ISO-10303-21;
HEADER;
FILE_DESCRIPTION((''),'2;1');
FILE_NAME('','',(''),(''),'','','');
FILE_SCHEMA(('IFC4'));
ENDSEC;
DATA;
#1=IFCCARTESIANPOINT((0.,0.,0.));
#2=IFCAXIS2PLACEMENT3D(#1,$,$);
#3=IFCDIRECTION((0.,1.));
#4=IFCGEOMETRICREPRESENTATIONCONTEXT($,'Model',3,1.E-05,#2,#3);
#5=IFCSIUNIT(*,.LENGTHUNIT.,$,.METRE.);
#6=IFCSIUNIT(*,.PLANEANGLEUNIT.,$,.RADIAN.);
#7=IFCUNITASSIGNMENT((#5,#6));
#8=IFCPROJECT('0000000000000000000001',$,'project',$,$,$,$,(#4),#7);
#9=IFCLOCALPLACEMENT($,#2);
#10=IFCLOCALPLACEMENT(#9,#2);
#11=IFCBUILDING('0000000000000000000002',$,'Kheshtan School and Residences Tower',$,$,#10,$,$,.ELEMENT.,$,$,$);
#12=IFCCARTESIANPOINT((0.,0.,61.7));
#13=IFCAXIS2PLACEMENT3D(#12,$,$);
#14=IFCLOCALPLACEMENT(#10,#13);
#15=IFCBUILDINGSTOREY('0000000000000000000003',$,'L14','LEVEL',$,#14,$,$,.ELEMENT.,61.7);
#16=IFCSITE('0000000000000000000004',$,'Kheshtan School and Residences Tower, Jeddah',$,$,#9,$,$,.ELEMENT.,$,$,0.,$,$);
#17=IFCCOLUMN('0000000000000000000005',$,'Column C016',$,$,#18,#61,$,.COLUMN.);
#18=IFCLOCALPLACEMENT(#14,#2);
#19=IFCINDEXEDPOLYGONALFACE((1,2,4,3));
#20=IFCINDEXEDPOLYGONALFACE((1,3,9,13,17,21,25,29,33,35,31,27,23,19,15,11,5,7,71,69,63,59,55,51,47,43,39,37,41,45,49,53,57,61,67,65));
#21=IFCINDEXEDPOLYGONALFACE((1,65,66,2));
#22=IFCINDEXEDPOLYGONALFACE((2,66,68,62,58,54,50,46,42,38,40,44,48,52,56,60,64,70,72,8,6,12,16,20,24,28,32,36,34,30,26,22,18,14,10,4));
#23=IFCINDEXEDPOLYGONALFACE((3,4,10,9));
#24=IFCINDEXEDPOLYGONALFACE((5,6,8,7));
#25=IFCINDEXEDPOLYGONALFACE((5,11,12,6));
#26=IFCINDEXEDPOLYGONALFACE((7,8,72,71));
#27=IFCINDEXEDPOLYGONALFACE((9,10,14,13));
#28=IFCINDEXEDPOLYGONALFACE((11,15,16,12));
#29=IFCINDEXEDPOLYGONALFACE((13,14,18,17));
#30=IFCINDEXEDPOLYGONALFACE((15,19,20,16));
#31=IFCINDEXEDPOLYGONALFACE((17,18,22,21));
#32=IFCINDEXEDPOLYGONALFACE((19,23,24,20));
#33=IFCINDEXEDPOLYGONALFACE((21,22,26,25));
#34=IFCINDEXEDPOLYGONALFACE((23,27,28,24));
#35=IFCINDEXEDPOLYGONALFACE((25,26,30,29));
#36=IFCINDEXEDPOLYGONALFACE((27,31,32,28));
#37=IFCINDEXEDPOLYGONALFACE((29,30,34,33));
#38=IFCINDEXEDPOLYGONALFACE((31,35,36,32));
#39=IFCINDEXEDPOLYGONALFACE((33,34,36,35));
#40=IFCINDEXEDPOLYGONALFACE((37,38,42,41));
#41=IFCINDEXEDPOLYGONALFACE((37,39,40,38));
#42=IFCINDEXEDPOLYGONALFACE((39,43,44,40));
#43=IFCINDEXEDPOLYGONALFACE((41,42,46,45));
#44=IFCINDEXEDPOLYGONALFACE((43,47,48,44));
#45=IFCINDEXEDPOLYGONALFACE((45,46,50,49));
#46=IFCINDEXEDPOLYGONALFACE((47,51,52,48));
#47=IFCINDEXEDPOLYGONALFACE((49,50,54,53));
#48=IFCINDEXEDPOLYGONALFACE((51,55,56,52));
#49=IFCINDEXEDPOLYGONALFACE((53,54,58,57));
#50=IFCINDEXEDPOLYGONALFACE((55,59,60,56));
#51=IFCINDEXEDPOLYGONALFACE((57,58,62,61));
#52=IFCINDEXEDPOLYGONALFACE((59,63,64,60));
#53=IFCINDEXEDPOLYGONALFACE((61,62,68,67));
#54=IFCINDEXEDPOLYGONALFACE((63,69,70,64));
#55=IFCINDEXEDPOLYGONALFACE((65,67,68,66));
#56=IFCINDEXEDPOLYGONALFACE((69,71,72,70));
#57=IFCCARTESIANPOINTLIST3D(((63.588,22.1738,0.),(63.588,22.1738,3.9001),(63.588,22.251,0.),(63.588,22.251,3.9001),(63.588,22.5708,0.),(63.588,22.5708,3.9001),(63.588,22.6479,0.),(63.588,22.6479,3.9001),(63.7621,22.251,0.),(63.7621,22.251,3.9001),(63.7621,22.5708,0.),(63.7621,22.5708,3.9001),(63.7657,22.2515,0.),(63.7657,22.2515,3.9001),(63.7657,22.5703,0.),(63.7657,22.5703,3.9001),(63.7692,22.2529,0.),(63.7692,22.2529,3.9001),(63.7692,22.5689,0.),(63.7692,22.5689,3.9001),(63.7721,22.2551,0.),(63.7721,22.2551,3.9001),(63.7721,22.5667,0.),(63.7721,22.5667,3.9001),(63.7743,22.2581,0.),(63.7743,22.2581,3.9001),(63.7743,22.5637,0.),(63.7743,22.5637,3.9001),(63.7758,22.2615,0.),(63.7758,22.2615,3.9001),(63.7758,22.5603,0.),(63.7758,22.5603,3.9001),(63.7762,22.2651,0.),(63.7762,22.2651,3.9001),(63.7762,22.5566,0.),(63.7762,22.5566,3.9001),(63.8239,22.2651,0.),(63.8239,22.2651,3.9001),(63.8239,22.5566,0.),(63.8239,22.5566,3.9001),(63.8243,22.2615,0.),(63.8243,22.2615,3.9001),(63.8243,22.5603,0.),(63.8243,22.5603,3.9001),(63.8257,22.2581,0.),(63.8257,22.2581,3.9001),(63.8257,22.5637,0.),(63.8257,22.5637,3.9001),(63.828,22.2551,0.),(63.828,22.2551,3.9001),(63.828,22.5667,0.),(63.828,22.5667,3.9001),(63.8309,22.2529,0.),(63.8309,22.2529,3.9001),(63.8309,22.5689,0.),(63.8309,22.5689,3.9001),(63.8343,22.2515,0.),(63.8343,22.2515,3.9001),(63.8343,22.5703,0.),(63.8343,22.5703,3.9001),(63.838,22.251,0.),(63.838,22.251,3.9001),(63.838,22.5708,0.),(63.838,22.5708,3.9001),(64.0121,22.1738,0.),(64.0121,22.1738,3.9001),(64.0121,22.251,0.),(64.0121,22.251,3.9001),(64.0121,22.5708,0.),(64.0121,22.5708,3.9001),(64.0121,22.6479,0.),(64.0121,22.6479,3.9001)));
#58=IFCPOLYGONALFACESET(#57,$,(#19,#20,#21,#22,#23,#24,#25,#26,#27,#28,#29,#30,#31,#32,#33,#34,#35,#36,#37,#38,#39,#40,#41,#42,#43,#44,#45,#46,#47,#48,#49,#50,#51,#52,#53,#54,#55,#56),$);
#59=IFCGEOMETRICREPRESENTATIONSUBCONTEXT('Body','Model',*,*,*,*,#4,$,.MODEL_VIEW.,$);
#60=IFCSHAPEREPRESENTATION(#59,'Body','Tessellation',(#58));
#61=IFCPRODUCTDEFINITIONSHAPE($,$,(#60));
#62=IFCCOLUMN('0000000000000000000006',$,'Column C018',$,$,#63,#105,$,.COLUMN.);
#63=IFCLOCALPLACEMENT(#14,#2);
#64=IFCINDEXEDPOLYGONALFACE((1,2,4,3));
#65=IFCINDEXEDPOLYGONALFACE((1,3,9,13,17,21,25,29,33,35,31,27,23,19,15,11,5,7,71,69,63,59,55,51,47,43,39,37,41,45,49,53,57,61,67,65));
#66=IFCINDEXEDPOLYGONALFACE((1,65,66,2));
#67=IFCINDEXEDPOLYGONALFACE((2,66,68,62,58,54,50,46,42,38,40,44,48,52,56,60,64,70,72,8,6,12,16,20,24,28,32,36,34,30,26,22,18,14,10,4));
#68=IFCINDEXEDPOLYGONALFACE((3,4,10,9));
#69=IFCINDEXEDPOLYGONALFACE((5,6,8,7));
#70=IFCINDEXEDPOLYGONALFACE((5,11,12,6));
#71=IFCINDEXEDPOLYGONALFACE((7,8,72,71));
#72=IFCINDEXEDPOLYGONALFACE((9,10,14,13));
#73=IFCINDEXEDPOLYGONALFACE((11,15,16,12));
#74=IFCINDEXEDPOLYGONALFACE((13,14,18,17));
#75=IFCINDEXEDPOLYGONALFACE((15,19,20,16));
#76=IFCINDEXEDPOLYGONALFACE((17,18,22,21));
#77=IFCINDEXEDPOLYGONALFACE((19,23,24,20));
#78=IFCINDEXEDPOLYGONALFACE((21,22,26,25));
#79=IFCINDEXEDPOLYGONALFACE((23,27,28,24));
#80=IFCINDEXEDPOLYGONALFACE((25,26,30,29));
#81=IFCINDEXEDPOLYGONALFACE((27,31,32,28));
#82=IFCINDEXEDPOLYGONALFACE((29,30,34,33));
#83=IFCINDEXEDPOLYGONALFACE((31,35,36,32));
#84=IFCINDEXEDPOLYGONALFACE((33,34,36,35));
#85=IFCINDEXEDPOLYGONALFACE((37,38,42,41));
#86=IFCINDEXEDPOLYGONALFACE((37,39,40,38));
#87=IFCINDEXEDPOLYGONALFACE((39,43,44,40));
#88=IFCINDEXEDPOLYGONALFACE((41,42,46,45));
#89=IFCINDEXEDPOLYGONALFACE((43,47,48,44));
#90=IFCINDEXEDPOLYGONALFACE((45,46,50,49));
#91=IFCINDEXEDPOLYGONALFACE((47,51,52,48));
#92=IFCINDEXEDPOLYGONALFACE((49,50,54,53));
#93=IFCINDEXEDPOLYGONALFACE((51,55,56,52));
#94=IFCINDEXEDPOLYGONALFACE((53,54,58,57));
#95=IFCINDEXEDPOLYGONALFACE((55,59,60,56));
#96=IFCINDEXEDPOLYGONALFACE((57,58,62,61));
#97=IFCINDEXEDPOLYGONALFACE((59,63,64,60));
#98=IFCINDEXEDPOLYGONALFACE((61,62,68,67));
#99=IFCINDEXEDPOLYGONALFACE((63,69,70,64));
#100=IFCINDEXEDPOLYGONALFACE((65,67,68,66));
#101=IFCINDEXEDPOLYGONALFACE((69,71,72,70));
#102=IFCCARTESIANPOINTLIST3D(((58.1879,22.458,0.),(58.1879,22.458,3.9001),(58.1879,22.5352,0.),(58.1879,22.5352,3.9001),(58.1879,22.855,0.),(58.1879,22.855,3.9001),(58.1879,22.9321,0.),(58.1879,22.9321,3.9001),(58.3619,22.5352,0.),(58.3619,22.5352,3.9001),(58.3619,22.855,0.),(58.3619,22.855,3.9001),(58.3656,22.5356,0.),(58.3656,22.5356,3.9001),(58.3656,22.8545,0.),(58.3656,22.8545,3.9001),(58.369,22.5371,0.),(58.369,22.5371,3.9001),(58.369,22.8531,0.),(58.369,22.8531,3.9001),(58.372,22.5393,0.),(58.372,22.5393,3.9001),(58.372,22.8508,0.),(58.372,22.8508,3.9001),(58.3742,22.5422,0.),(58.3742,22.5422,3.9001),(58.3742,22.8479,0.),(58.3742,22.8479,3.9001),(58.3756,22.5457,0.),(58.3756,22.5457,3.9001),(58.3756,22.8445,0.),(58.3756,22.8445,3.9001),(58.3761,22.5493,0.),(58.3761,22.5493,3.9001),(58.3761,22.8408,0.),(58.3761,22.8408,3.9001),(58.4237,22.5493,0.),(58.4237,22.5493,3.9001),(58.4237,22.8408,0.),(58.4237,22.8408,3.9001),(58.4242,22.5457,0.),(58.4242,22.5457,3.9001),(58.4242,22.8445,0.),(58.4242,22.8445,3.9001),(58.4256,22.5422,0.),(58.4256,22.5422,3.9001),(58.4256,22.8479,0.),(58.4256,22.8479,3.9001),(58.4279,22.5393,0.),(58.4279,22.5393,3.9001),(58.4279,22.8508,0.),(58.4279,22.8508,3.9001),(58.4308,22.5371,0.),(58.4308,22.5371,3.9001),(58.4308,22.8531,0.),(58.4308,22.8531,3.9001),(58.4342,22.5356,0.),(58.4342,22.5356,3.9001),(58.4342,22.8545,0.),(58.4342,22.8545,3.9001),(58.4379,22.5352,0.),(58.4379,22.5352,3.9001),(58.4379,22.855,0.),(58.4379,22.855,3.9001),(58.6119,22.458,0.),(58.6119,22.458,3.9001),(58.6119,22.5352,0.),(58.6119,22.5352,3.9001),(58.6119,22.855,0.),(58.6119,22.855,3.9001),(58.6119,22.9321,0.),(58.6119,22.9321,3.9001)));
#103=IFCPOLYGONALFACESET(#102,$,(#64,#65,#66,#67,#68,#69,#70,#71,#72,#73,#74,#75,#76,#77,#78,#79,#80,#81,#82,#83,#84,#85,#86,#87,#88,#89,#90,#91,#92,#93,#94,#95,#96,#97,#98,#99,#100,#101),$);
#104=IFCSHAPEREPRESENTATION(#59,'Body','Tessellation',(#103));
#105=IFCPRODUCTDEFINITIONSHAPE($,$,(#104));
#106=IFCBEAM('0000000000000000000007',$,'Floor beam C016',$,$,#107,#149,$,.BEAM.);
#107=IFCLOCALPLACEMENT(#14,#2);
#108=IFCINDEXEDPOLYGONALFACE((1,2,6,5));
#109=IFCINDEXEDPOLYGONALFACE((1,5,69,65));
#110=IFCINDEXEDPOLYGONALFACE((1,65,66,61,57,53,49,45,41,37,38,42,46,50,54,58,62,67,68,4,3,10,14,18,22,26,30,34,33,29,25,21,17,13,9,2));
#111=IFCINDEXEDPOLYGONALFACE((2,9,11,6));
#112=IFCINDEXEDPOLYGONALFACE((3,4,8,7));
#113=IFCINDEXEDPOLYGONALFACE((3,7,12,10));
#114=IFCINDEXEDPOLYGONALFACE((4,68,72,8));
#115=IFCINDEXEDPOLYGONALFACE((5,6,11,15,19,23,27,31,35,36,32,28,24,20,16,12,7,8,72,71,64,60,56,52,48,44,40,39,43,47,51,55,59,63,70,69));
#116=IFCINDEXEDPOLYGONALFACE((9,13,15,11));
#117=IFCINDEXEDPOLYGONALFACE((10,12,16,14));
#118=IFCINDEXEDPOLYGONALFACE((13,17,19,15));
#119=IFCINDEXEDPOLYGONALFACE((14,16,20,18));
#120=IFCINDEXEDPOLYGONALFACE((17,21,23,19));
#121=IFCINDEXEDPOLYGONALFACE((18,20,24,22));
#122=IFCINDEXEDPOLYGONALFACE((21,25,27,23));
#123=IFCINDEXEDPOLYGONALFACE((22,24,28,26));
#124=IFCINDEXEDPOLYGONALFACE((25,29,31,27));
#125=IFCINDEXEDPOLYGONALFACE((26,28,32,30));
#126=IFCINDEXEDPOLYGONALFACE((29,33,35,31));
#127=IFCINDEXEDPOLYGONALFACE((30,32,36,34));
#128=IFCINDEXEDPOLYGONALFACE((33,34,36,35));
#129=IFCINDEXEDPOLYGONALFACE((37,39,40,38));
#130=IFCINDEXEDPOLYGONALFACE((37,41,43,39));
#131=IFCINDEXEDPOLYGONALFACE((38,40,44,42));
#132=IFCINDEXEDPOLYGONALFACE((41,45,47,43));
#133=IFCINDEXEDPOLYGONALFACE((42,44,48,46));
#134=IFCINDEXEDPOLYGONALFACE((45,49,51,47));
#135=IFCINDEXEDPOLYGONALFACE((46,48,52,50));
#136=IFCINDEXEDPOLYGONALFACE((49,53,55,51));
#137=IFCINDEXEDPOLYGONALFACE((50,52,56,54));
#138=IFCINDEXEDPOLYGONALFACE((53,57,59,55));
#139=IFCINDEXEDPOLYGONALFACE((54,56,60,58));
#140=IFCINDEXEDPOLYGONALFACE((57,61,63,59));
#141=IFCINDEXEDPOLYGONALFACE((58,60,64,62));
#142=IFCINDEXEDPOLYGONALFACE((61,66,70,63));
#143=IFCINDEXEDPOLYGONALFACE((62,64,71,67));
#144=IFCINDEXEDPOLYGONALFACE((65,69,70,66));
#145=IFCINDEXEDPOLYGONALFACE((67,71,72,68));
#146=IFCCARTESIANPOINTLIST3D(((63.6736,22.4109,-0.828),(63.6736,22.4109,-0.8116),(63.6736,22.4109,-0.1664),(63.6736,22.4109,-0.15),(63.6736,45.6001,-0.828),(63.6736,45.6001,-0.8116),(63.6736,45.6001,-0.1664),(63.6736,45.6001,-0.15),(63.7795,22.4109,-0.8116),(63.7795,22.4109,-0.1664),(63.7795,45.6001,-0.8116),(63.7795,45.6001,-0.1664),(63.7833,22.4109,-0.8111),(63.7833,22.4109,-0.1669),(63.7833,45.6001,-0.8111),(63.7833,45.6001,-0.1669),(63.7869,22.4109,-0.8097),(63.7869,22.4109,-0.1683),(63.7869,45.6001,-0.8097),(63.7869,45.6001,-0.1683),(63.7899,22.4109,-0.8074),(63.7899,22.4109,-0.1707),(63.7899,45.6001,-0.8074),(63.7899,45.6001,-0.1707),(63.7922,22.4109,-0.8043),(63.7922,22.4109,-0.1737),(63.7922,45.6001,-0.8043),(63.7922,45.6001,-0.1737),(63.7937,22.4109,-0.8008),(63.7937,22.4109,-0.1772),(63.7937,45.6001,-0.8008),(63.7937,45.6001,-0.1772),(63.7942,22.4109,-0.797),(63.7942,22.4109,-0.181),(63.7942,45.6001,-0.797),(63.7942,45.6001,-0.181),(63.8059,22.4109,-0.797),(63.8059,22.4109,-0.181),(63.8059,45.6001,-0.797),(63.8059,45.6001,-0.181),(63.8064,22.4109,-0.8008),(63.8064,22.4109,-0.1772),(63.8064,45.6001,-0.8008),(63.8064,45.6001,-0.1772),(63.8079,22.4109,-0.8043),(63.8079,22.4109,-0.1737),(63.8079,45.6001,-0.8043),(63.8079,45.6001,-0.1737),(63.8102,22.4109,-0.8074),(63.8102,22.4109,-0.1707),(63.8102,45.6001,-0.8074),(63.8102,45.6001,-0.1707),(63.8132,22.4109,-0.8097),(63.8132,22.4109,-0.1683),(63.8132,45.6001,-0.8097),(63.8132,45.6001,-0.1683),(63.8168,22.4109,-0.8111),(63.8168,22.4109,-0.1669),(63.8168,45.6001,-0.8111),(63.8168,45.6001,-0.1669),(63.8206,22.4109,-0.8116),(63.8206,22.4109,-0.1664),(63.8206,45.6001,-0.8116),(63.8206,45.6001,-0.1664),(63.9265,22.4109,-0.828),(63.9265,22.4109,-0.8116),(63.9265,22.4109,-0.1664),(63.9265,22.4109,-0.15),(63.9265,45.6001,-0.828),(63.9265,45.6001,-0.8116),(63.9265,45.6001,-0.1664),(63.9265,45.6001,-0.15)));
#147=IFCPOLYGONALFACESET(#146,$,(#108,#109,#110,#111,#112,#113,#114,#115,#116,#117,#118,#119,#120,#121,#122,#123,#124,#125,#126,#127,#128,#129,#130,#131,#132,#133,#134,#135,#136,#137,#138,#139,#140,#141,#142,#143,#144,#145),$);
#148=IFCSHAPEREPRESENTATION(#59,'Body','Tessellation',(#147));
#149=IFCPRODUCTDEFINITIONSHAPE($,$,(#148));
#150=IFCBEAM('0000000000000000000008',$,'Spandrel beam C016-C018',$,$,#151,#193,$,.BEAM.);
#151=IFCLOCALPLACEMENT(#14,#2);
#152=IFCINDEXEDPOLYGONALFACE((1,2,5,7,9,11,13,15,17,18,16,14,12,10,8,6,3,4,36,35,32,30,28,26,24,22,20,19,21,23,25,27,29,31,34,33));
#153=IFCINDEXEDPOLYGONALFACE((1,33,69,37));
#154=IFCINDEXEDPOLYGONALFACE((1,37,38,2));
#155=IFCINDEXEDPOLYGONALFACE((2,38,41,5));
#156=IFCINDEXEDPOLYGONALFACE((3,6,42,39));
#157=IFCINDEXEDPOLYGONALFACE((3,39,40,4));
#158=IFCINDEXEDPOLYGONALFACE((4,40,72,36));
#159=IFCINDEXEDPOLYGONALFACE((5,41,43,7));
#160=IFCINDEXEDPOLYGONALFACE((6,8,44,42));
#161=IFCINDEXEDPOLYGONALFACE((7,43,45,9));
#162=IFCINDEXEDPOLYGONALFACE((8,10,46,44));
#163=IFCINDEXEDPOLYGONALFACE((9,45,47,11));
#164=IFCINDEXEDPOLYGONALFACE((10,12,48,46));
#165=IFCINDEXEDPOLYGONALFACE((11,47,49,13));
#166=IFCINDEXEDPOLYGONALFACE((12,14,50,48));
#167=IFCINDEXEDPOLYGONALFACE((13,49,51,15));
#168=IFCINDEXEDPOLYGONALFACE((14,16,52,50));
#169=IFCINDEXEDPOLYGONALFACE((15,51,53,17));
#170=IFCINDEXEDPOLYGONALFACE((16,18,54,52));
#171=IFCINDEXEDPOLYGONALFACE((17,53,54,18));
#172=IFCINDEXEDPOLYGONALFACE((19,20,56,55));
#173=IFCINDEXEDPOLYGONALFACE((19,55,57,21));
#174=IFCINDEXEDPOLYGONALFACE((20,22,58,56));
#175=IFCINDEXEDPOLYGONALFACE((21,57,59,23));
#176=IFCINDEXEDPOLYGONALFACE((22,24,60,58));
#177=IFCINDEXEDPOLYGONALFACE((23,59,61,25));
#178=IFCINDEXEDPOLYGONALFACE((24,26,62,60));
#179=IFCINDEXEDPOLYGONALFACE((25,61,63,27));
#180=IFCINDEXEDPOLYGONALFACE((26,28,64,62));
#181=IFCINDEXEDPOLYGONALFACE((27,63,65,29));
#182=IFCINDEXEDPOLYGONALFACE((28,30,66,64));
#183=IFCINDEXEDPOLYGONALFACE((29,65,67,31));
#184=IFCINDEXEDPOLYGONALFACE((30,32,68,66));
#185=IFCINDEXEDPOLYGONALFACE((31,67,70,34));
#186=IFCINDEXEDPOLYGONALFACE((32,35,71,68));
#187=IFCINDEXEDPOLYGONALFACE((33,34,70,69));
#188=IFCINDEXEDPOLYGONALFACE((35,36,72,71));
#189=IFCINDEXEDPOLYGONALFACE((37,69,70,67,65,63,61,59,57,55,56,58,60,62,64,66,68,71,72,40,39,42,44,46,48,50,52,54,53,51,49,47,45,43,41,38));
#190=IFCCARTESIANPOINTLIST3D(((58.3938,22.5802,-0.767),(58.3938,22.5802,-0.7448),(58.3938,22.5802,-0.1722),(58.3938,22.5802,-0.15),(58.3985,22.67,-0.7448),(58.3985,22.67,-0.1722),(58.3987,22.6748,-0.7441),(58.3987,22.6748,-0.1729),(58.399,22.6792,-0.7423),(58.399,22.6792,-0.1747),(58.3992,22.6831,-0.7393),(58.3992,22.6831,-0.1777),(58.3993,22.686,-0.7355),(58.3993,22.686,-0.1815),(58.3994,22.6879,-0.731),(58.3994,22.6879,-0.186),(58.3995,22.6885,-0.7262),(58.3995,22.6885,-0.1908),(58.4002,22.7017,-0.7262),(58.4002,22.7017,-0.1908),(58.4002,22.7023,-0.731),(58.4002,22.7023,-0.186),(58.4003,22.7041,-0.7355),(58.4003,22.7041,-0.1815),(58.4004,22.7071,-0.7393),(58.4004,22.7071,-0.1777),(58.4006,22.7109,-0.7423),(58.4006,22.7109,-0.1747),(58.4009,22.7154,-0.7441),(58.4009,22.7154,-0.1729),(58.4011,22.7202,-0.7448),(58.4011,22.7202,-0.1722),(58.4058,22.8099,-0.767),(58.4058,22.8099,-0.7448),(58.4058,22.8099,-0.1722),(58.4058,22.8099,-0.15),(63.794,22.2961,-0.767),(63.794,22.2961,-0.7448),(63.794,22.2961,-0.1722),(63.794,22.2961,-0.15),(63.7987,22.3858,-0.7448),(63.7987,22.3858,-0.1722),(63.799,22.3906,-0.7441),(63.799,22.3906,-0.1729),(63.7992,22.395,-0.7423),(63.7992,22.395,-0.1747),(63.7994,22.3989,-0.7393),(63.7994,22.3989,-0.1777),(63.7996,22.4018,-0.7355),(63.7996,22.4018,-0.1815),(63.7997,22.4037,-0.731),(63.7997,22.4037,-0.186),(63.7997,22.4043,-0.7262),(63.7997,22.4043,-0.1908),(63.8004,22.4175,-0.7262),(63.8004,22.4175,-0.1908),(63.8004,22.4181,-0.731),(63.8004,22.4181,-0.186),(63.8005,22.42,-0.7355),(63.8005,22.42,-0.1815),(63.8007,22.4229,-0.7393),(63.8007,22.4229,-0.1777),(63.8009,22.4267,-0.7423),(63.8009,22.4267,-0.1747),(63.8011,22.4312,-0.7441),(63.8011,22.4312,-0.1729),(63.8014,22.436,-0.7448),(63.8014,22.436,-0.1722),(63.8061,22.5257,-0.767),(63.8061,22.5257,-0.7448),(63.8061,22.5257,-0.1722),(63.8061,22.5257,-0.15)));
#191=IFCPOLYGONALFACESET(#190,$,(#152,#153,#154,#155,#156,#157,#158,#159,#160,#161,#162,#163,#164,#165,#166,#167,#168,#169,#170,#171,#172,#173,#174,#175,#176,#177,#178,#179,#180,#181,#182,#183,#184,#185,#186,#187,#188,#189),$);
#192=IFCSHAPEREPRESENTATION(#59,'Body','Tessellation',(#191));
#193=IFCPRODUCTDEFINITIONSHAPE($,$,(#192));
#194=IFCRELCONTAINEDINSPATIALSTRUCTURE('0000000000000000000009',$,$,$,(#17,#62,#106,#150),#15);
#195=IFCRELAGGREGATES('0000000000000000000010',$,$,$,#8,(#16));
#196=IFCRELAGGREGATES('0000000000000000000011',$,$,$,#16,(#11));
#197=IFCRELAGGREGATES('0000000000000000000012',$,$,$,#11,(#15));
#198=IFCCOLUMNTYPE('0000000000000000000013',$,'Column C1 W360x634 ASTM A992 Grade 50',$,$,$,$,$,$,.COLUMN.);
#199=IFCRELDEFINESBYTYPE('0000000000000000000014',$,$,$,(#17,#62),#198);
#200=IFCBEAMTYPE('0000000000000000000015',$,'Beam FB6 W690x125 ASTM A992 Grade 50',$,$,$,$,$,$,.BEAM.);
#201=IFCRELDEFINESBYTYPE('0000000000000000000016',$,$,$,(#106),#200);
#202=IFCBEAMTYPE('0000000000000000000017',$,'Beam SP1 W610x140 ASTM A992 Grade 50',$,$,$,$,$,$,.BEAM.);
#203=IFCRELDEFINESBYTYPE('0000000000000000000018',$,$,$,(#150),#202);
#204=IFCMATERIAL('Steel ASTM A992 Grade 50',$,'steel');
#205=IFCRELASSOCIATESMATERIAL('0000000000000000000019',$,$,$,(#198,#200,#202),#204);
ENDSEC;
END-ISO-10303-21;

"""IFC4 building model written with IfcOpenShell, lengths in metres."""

from ifc_helpers import new_model, si_unit, direction, frame, origin, origin_2d, place, context, subcontext, project, spatial, i_section, extrude, material, material_profile, profile_set, type_object, element, save


model = new_model("IFC4")

# Units and contexts
model_context = context("Model", 3, precision=1e-05, world=origin(), true_north=direction((0.0, 1.0)))
body_context = subcontext(model_context, "Body", "Model", "MODEL_VIEW")
ifc_project = project(units=[si_unit("LENGTHUNIT", "METRE"), si_unit("PLANEANGLEUNIT", "RADIAN")], contexts=[model_context])

# Site, building, storey
site_placement = place(None, origin())
site = spatial("IfcSite", under=ifc_project, at=site_placement, Name="Kheshtan School and Residences Tower, Jeddah", CompositionType="ELEMENT", RefElevation=0.0)
building_placement = place(site_placement, origin())
building = spatial("IfcBuilding", under=site, at=building_placement, Name="Kheshtan School and Residences Tower", CompositionType="ELEMENT")
storey_placement = place(building_placement, frame((0.0, 0.0, 61.7)))
storey = spatial("IfcBuildingStorey", under=building, at=storey_placement, Name="L14", Description="LEVEL", CompositionType="ELEMENT", Elevation=61.7)

# Columns
ifc_material_1 = material(Name="Steel ASTM A992 Grade 50", Category="steel")
ifc_material_profile_1 = material_profile(ifc_material_1, i_section(OverallWidth=0.4241, OverallDepth=0.4741, WebThickness=0.0476, FlangeThickness=0.0771, FilletRadius=0.0142, at=origin_2d()), Name="W360x634")
ifc_profile_set_1 = profile_set([ifc_material_profile_1], Name="Steel ASTM A992 Grade 50")
column_type = type_object("IfcColumnType", Name="Column C1 W360x634 ASTM A992 Grade 50", PredefinedType="COLUMN", material=ifc_profile_set_1)
for number, where, z_axis, x_axis, name in (
    (1, (63.8, 22.4109, 0.0), (0.0, 0.0, 1.0), (1.0, 0.0, 0.0), "Column C016"),
    (2, (58.3999, 22.6951, 0.0), (0.0, 0.0, 1.0), (1.0, 0.0, 0.0), "Column C018"),
):
    element("IfcColumn", number, at=place(storey_placement, frame(where, z_axis=z_axis, x_axis=x_axis)), inside=storey, type_object=column_type, Name=name, PredefinedType="COLUMN", context=body_context, shape_type="SweptSolid", body=[
        extrude(i_section(OverallWidth=0.4241, OverallDepth=0.4741, WebThickness=0.0476, FlangeThickness=0.0771, FilletRadius=0.0142, at=origin_2d()), origin(), (0.0, 0.0, 1.0), 3.9001),
    ])

# Beams
ifc_material_profile_2 = material_profile(ifc_material_1, i_section(OverallWidth=0.2529, OverallDepth=0.678, WebThickness=0.0117, FlangeThickness=0.0164, FilletRadius=0.0146, at=origin_2d()), Name="W690x125")
ifc_profile_set_2 = profile_set([ifc_material_profile_2], Name="Steel ASTM A992 Grade 50")
beam_type_1 = type_object("IfcBeamType", Name="Beam FB6 W690x125 ASTM A992 Grade 50", PredefinedType="BEAM", material=ifc_profile_set_2)
beam_1_placement = place(storey_placement, frame((63.8, 22.4109, -0.489), z_axis=(0.0, 1.0, 0.0), x_axis=(-1.0, 0.0, 0.0)))
element("IfcBeam", 3, at=beam_1_placement, inside=storey, type_object=beam_type_1, Name="Floor beam C016", PredefinedType="BEAM", context=body_context, shape_type="SweptSolid", body=[
    extrude(i_section(OverallWidth=0.2529, OverallDepth=0.678, WebThickness=0.0117, FlangeThickness=0.0164, FilletRadius=0.0146, at=origin_2d()), origin(), (0.0, 0.0, 1.0), 23.1892),
])
ifc_material_profile_3 = material_profile(ifc_material_1, i_section(OverallWidth=0.23, OverallDepth=0.6169, WebThickness=0.0132, FlangeThickness=0.0222, FilletRadius=0.0186, at=origin_2d()), Name="W610x140")
ifc_profile_set_3 = profile_set([ifc_material_profile_3], Name="Steel ASTM A992 Grade 50")
beam_type_2 = type_object("IfcBeamType", Name="Beam SP1 W610x140 ASTM A992 Grade 50", PredefinedType="BEAM", material=ifc_profile_set_3)
beam_2_placement = place(storey_placement, frame((63.8, 22.4109, -0.4585), z_axis=(-0.998618, 0.052552, 0.0), x_axis=(-0.052552, -0.998618, 0.0)))
element("IfcBeam", 4, at=beam_2_placement, inside=storey, type_object=beam_type_2, Name="Spandrel beam C016-C018", PredefinedType="BEAM", context=body_context, shape_type="SweptSolid", body=[
    extrude(i_section(OverallWidth=0.23, OverallDepth=0.6169, WebThickness=0.0132, FlangeThickness=0.0222, FilletRadius=0.0186, at=origin_2d()), origin(), (0.0, 0.0, 1.0), 5.4077),
])

save(model, "model.ifc")
